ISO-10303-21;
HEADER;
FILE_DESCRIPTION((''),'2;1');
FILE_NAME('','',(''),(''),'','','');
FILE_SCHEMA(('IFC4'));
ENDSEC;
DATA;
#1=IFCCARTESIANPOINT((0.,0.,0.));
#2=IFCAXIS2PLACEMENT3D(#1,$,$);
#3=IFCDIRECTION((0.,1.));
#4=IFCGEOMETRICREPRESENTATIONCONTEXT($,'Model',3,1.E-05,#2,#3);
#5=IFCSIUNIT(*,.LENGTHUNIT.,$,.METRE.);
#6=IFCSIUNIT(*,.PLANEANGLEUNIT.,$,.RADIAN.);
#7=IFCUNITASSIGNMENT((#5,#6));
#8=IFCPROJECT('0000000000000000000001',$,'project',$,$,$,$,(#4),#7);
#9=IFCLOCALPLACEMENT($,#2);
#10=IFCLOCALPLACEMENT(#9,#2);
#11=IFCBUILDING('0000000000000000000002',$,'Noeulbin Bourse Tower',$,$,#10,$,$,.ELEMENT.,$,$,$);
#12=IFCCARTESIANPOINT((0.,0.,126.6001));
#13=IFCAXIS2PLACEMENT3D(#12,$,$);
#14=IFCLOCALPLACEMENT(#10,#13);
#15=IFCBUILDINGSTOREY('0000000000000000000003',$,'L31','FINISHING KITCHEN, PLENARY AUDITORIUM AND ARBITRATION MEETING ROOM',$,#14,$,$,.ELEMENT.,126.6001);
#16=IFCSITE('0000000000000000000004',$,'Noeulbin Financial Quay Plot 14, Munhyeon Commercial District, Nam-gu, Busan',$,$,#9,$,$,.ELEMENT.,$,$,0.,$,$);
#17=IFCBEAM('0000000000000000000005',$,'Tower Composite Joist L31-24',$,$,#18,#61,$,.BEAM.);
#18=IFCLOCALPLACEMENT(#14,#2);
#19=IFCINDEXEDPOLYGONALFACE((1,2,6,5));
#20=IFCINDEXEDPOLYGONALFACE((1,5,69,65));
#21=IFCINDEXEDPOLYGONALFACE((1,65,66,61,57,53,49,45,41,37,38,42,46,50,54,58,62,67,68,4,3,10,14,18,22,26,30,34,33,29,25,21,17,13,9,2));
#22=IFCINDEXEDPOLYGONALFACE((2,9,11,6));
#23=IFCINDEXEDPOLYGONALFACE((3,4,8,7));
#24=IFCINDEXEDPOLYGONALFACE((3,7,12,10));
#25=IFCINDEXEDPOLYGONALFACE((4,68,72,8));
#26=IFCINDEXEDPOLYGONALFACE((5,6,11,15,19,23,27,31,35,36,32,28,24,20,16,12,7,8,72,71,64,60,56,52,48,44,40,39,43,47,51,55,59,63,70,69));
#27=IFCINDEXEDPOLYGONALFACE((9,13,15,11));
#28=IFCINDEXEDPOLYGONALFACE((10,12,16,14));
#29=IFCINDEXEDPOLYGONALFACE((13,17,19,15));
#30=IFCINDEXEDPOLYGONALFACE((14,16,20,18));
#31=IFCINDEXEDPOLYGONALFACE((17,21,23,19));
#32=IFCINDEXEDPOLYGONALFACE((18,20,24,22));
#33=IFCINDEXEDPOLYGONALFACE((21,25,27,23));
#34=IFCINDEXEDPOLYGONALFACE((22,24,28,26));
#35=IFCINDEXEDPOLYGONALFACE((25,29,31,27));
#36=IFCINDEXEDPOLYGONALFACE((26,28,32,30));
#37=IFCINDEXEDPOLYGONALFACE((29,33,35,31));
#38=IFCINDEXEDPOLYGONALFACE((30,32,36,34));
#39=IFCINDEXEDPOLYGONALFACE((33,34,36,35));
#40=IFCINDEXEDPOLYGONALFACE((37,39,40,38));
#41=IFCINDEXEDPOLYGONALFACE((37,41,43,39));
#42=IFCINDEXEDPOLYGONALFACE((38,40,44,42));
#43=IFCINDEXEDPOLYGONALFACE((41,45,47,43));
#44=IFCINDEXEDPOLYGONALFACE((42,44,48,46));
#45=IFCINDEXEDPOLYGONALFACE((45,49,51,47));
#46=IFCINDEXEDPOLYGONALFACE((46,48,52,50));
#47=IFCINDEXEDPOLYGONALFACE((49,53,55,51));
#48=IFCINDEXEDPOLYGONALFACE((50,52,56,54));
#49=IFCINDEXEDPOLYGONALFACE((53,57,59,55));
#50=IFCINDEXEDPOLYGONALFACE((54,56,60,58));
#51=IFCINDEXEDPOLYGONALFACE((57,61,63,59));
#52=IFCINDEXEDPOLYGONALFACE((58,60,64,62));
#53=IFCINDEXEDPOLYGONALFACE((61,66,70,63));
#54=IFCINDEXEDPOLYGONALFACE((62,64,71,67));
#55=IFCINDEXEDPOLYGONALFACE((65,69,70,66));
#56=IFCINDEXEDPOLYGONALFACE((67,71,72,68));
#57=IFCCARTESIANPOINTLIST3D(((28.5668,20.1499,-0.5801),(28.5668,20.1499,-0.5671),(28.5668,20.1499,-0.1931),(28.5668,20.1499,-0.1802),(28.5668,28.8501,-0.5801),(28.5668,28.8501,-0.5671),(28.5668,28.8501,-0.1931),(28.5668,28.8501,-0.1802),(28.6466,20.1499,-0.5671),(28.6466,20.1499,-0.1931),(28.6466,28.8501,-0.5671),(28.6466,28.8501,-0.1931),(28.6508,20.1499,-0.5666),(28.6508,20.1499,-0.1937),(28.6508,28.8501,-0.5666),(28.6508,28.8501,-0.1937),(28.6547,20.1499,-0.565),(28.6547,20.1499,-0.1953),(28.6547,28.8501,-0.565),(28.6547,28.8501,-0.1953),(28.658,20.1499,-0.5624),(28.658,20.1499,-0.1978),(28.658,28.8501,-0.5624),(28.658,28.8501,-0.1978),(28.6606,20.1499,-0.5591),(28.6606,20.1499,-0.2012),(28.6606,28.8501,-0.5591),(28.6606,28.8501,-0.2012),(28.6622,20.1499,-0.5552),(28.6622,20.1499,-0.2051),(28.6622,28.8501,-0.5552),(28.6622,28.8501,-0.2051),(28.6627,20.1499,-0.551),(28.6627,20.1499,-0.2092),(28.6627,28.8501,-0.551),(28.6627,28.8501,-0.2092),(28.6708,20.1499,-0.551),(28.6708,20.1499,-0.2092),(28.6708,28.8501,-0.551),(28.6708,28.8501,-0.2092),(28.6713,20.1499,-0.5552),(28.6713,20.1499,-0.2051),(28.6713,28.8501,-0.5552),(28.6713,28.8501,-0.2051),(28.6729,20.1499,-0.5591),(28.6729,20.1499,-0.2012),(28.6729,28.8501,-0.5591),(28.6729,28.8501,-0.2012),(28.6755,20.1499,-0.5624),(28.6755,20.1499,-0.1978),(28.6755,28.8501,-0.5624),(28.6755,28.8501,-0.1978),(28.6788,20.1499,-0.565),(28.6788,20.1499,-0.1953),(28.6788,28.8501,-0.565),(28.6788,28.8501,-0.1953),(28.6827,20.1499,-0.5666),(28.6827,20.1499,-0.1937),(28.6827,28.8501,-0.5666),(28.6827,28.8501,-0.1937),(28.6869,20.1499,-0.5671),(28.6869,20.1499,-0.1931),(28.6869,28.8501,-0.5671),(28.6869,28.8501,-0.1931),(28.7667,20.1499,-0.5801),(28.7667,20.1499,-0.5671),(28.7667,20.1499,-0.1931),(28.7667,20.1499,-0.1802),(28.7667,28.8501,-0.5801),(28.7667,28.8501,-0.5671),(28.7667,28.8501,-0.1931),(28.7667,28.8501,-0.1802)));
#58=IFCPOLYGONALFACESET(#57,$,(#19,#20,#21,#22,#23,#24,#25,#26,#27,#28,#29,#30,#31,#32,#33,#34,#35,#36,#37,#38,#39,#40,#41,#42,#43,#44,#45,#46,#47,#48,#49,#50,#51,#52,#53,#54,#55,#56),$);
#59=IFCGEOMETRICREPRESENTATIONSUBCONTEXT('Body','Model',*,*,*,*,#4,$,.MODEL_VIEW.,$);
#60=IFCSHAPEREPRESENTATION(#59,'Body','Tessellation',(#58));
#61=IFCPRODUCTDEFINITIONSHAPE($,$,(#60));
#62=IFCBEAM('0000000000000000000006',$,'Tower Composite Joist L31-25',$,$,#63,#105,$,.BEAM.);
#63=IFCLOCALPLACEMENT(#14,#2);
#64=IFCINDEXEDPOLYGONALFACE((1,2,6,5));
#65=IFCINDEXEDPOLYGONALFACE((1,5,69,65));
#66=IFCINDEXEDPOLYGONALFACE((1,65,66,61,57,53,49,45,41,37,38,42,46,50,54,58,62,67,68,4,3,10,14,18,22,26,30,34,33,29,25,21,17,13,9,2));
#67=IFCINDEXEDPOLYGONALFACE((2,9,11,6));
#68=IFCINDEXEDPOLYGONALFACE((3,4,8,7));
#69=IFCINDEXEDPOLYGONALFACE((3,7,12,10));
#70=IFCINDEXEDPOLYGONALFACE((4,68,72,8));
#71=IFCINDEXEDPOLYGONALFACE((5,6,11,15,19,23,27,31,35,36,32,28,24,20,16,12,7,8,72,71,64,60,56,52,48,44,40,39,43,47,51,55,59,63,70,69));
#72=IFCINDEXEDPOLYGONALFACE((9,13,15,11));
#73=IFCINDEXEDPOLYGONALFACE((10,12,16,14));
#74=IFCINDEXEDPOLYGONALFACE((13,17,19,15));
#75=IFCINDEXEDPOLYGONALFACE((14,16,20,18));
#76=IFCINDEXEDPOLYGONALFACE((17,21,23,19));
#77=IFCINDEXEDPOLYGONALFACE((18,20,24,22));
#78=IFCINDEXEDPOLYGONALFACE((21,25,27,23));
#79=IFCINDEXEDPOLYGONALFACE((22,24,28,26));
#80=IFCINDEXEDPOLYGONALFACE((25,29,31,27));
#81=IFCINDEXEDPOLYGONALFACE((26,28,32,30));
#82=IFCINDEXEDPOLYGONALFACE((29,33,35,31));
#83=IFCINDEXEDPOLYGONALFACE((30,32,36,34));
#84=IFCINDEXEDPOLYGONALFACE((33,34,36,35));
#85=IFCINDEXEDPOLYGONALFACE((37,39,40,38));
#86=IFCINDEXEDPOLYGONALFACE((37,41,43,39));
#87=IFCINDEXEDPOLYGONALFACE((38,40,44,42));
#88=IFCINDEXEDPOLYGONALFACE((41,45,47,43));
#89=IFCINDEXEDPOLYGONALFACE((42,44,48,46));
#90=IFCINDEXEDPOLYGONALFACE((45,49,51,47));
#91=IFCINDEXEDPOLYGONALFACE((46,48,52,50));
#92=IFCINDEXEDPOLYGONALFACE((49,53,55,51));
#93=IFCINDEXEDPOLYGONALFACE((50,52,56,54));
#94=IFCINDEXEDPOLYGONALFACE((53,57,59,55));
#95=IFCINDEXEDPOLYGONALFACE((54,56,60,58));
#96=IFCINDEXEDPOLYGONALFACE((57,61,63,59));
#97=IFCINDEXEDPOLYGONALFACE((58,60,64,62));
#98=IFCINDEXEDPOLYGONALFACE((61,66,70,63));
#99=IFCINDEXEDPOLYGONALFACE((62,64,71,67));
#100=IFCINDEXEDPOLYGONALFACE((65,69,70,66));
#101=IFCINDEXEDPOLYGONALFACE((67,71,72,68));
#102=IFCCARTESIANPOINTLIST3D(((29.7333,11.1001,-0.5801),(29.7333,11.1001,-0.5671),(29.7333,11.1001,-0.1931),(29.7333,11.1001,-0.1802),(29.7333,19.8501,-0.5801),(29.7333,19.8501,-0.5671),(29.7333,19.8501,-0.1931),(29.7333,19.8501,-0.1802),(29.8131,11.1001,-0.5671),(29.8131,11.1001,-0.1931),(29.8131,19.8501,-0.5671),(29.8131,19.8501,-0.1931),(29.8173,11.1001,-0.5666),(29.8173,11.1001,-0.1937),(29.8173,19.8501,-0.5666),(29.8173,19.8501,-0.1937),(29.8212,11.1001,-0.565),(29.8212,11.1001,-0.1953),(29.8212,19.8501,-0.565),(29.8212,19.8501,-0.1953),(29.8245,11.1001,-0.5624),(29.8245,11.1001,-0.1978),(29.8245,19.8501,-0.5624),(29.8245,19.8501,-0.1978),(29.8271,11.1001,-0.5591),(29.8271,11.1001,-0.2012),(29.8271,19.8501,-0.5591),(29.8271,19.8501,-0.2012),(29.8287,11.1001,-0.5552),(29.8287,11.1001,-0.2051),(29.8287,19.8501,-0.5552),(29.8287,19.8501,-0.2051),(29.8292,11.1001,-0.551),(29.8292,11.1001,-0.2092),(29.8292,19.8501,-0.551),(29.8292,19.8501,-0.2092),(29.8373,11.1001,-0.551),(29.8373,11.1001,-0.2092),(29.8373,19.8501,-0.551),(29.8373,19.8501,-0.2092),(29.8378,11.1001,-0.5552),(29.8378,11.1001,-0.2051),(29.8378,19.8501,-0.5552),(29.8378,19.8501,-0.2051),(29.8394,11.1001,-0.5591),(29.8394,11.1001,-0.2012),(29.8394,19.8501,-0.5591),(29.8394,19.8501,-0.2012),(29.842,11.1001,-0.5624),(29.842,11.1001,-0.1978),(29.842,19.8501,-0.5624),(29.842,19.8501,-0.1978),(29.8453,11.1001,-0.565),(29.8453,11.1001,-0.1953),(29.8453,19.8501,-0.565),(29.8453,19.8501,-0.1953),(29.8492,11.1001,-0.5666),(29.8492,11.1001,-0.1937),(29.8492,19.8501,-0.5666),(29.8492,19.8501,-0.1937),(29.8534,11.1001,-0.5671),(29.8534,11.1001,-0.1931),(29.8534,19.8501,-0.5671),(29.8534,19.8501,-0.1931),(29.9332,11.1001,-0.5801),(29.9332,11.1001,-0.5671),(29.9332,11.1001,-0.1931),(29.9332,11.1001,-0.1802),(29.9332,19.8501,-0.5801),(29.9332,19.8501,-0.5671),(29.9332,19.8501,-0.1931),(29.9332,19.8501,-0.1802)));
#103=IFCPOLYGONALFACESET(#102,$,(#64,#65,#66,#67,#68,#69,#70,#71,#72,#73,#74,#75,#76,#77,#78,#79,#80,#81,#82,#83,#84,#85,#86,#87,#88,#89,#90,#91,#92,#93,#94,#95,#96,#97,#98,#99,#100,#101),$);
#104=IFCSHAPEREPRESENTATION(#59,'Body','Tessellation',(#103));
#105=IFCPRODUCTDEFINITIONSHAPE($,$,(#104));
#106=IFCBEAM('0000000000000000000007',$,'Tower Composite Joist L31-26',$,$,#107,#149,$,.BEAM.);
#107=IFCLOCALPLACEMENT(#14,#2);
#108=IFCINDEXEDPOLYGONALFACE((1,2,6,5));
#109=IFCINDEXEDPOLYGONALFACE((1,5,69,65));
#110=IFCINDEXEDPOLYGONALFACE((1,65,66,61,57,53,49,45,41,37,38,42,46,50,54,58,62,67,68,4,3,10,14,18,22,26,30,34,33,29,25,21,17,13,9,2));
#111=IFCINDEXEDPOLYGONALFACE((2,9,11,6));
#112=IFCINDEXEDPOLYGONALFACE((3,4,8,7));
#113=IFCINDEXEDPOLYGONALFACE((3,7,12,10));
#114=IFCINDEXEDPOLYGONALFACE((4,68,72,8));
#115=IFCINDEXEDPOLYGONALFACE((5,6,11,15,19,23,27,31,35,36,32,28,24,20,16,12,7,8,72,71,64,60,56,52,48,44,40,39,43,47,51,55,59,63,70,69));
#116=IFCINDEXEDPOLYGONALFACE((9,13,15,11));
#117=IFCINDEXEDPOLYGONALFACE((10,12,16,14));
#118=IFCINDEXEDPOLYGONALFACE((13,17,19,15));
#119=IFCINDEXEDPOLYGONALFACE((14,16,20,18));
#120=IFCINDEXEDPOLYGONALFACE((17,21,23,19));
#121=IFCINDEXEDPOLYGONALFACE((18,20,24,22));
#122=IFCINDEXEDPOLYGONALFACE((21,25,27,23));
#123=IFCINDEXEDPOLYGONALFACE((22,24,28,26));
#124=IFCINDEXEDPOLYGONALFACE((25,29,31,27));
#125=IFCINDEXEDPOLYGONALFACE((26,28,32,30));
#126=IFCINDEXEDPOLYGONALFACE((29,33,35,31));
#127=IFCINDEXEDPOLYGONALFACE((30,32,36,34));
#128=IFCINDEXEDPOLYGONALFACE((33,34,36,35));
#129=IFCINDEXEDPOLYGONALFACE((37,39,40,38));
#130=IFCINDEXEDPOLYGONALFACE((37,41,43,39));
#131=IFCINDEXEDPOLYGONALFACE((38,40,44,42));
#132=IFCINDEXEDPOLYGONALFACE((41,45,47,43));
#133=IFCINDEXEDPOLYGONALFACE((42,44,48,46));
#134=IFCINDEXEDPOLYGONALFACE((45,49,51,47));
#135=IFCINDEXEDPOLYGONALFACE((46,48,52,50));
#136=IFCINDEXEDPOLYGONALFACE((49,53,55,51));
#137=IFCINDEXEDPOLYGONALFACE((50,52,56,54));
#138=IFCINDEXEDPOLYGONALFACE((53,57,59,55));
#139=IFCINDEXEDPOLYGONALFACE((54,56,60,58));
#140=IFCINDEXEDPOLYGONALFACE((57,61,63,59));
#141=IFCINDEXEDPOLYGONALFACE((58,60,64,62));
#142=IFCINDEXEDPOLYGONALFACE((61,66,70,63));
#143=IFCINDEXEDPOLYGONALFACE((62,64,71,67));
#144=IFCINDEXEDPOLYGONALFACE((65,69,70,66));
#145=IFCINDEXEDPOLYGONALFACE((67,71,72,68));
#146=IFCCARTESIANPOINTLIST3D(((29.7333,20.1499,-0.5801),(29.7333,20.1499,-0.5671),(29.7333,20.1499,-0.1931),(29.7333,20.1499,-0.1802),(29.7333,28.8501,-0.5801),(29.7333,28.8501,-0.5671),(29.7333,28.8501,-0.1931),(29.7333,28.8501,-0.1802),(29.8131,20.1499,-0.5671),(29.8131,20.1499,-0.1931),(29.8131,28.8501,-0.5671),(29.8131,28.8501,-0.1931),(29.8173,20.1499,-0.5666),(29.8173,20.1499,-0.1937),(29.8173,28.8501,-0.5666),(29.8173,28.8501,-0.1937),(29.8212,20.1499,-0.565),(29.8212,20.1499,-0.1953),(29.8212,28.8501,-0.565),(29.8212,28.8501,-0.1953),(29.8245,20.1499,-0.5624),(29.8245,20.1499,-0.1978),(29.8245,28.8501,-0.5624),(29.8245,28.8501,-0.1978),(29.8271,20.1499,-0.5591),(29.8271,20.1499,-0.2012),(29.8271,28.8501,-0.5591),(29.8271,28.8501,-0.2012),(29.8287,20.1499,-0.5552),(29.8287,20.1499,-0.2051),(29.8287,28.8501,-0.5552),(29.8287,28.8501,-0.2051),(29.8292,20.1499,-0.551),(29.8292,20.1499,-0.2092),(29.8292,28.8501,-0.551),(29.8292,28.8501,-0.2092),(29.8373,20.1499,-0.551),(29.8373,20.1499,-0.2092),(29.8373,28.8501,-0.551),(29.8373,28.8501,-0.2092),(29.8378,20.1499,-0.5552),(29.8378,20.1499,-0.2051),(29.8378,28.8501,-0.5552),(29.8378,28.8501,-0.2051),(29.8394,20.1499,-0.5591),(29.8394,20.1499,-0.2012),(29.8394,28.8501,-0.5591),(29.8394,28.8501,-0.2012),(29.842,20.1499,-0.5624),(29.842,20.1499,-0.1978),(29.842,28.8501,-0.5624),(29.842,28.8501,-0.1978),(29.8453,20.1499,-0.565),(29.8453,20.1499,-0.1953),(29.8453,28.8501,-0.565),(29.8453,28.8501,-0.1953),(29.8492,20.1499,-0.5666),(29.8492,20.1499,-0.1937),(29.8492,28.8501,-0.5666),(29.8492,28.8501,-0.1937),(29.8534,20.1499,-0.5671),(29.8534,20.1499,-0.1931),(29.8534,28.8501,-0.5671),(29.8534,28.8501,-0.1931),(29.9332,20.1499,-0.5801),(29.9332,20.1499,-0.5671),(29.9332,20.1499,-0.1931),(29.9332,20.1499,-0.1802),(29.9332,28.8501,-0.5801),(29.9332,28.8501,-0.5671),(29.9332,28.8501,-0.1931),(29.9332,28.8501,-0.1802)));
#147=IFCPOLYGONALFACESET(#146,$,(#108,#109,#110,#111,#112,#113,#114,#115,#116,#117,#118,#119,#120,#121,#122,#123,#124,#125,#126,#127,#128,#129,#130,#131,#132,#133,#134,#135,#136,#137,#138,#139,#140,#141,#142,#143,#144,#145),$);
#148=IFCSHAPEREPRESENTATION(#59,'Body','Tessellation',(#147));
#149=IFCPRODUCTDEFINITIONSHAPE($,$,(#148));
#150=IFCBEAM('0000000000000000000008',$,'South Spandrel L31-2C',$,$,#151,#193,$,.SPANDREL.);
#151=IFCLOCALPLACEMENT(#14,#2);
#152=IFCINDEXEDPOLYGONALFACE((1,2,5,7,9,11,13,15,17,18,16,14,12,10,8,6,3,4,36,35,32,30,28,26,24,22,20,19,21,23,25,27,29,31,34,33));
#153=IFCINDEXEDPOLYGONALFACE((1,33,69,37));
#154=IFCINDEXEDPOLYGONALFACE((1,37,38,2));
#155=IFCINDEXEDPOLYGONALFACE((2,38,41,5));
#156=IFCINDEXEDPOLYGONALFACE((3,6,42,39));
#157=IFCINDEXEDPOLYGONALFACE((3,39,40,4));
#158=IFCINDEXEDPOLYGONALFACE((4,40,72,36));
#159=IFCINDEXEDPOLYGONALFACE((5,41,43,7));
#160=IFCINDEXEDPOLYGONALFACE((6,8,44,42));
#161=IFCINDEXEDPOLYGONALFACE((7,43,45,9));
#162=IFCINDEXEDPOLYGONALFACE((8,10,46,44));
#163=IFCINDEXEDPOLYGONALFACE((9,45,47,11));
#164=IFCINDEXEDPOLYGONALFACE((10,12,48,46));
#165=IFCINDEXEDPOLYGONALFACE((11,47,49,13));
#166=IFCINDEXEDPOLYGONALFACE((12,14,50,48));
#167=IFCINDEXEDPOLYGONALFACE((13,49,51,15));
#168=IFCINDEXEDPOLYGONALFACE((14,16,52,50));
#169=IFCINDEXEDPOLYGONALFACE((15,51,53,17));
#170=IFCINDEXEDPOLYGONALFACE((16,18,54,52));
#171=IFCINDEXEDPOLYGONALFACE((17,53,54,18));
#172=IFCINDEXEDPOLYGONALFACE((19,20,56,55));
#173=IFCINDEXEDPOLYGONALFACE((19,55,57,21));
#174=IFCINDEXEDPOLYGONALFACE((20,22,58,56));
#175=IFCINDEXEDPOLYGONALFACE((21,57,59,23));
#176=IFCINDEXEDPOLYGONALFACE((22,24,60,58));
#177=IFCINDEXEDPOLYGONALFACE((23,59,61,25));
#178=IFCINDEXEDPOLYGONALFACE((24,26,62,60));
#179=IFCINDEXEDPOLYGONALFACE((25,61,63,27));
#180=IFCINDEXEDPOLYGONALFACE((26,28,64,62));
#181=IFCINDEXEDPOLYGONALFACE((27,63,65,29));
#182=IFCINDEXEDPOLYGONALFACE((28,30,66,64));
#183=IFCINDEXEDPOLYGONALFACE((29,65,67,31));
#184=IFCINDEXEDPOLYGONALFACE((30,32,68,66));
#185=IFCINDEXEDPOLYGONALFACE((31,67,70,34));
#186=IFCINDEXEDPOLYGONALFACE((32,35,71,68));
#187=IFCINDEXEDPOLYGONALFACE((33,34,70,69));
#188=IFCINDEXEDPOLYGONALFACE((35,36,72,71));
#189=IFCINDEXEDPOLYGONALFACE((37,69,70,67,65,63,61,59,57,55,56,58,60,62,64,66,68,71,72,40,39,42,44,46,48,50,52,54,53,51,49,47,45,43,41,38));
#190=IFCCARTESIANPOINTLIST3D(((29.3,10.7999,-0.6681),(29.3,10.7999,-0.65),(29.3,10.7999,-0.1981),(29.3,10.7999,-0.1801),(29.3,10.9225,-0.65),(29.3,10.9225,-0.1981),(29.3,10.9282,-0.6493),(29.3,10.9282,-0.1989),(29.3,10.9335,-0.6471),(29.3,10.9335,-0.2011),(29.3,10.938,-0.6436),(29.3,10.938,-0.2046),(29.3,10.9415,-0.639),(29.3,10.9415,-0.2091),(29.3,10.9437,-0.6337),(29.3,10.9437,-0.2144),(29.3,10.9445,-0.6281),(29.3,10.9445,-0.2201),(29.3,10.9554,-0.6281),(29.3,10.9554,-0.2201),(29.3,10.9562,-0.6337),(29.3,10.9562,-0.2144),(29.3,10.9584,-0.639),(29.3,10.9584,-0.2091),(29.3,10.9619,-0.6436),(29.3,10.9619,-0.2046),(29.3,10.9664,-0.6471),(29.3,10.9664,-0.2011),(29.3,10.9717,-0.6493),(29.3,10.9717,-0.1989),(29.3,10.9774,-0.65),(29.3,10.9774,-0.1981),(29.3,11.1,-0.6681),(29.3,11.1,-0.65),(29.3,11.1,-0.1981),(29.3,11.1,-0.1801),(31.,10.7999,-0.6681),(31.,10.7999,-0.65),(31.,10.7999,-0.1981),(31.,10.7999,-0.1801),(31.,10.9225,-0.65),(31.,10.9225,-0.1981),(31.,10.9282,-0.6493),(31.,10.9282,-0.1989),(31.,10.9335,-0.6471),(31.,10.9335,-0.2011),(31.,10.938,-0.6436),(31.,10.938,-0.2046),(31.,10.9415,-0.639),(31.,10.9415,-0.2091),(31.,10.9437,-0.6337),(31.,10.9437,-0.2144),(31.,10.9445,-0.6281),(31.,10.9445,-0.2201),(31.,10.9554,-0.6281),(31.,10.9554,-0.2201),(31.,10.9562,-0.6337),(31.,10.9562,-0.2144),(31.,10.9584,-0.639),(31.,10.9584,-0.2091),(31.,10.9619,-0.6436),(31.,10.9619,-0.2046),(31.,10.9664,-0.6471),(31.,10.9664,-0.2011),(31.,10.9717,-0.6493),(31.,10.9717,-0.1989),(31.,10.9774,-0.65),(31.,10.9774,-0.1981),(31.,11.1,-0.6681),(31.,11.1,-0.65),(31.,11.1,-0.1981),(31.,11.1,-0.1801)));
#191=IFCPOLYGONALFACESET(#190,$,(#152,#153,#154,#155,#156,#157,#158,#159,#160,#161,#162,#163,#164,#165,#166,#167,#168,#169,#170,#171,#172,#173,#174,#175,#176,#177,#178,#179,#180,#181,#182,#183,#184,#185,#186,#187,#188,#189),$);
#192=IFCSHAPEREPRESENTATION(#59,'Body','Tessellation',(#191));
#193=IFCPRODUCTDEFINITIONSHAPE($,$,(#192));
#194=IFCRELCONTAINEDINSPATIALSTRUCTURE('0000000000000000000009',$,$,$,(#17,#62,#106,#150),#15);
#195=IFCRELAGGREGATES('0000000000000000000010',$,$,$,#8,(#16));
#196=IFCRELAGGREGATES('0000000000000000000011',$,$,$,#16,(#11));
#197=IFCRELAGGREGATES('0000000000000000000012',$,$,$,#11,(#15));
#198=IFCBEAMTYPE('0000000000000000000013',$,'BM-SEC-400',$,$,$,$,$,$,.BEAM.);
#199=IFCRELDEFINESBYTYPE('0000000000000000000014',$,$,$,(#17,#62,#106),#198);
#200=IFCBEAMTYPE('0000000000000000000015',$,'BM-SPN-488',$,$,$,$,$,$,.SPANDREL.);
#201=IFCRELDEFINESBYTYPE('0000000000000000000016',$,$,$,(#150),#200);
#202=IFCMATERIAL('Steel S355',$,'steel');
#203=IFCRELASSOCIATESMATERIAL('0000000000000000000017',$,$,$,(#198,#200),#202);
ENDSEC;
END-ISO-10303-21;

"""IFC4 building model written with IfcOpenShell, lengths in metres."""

from ifc_helpers import new_model, si_unit, direction, frame, origin, origin_2d, place, context, subcontext, project, spatial, i_section, extrude, material, material_profile, profile_set, type_object, element, save


model = new_model("IFC4")

# Units and contexts
model_context = context("Model", 3, precision=1e-05, world=origin(), true_north=direction((0.0, 1.0)))
body_context = subcontext(model_context, "Body", "Model", "MODEL_VIEW")
ifc_project = project(units=[si_unit("LENGTHUNIT", "METRE"), si_unit("PLANEANGLEUNIT", "RADIAN")], contexts=[model_context])

# Site, building, storey
site_placement = place(None, origin())
site = spatial("IfcSite", under=ifc_project, at=site_placement, Name="Noeulbin Financial Quay Plot 14, Munhyeon Commercial District, Nam-gu, Busan", CompositionType="ELEMENT", RefElevation=0.0)
building_placement = place(site_placement, origin())
building = spatial("IfcBuilding", under=site, at=building_placement, Name="Noeulbin Bourse Tower", CompositionType="ELEMENT")
storey_placement = place(building_placement, frame((0.0, 0.0, 126.6001)))
storey = spatial("IfcBuildingStorey", under=building, at=storey_placement, Name="L31", Description="FINISHING KITCHEN, PLENARY AUDITORIUM AND ARBITRATION MEETING ROOM", CompositionType="ELEMENT", Elevation=126.6001)

# Shared definitions
ifc_material_1 = material(Name="Steel S355", Category="steel")

# Beams
ifc_material_profile_1 = material_profile(ifc_material_1, i_section(OverallWidth=0.2, OverallDepth=0.3999, WebThickness=0.0081, FlangeThickness=0.0129, FilletRadius=0.0161, at=origin_2d()), Name="H-400x200x8x13", Category="LoadBearing")
ifc_profile_set_1 = profile_set([ifc_material_profile_1], Name="Steel S355")
beam_type_1 = type_object("IfcBeamType", Name="BM-SEC-400", PredefinedType="BEAM", material=ifc_profile_set_1)
beam_1_placement = place(storey_placement, frame((28.6667, 20.1499, -0.3801), z_axis=(0.0, 1.0, 0.0), x_axis=(-1.0, 0.0, 0.0)))
element("IfcBeam", 1, at=beam_1_placement, inside=storey, type_object=beam_type_1, Name="Tower Composite Joist L31-24", PredefinedType="BEAM", context=body_context, shape_type="SweptSolid", body=[
    extrude(i_section(OverallWidth=0.2, OverallDepth=0.3999, WebThickness=0.0081, FlangeThickness=0.0129, FilletRadius=0.0161, at=origin_2d()), origin(), (0.0, 0.0, 1.0), 8.7002),
])
beam_2_placement = place(storey_placement, frame((29.8333, 11.1001, -0.3801), z_axis=(0.0, 1.0, 0.0), x_axis=(-1.0, 0.0, 0.0)))
element("IfcBeam", 2, at=beam_2_placement, inside=storey, type_object=beam_type_1, Name="Tower Composite Joist L31-25", PredefinedType="BEAM", context=body_context, shape_type="SweptSolid", body=[
    extrude(i_section(OverallWidth=0.2, OverallDepth=0.3999, WebThickness=0.0081, FlangeThickness=0.0129, FilletRadius=0.0161, at=origin_2d()), origin(), (0.0, 0.0, 1.0), 8.75),
])
beam_3_placement = place(storey_placement, frame((29.8333, 20.1499, -0.3801), z_axis=(0.0, 1.0, 0.0), x_axis=(-1.0, 0.0, 0.0)))
element("IfcBeam", 3, at=beam_3_placement, inside=storey, type_object=beam_type_1, Name="Tower Composite Joist L31-26", PredefinedType="BEAM", context=body_context, shape_type="SweptSolid", body=[
    extrude(i_section(OverallWidth=0.2, OverallDepth=0.3999, WebThickness=0.0081, FlangeThickness=0.0129, FilletRadius=0.0161, at=origin_2d()), origin(), (0.0, 0.0, 1.0), 8.7002),
])
ifc_material_profile_2 = material_profile(ifc_material_1, i_section(OverallWidth=0.3, OverallDepth=0.488, WebThickness=0.011, FlangeThickness=0.0181, FilletRadius=0.022, at=origin_2d()), Name="H-488x300x11x18", Category="LoadBearing")
ifc_profile_set_2 = profile_set([ifc_material_profile_2], Name="Steel S355")
beam_type_2 = type_object("IfcBeamType", Name="BM-SPN-488", PredefinedType="SPANDREL", material=ifc_profile_set_2)
beam_4_placement = place(storey_placement, frame((29.3, 10.95, -0.4241), z_axis=(1.0, 0.0, 0.0), x_axis=(0.0, 1.0, 0.0)))
element("IfcBeam", 4, at=beam_4_placement, inside=storey, type_object=beam_type_2, Name="South Spandrel L31-2C", PredefinedType="SPANDREL", context=body_context, shape_type="SweptSolid", body=[
    extrude(i_section(OverallWidth=0.3, OverallDepth=0.488, WebThickness=0.011, FlangeThickness=0.0181, FilletRadius=0.022, at=origin_2d()), origin(), (0.0, 0.0, 1.0), 1.7),
])

save(model, "model.ifc")
